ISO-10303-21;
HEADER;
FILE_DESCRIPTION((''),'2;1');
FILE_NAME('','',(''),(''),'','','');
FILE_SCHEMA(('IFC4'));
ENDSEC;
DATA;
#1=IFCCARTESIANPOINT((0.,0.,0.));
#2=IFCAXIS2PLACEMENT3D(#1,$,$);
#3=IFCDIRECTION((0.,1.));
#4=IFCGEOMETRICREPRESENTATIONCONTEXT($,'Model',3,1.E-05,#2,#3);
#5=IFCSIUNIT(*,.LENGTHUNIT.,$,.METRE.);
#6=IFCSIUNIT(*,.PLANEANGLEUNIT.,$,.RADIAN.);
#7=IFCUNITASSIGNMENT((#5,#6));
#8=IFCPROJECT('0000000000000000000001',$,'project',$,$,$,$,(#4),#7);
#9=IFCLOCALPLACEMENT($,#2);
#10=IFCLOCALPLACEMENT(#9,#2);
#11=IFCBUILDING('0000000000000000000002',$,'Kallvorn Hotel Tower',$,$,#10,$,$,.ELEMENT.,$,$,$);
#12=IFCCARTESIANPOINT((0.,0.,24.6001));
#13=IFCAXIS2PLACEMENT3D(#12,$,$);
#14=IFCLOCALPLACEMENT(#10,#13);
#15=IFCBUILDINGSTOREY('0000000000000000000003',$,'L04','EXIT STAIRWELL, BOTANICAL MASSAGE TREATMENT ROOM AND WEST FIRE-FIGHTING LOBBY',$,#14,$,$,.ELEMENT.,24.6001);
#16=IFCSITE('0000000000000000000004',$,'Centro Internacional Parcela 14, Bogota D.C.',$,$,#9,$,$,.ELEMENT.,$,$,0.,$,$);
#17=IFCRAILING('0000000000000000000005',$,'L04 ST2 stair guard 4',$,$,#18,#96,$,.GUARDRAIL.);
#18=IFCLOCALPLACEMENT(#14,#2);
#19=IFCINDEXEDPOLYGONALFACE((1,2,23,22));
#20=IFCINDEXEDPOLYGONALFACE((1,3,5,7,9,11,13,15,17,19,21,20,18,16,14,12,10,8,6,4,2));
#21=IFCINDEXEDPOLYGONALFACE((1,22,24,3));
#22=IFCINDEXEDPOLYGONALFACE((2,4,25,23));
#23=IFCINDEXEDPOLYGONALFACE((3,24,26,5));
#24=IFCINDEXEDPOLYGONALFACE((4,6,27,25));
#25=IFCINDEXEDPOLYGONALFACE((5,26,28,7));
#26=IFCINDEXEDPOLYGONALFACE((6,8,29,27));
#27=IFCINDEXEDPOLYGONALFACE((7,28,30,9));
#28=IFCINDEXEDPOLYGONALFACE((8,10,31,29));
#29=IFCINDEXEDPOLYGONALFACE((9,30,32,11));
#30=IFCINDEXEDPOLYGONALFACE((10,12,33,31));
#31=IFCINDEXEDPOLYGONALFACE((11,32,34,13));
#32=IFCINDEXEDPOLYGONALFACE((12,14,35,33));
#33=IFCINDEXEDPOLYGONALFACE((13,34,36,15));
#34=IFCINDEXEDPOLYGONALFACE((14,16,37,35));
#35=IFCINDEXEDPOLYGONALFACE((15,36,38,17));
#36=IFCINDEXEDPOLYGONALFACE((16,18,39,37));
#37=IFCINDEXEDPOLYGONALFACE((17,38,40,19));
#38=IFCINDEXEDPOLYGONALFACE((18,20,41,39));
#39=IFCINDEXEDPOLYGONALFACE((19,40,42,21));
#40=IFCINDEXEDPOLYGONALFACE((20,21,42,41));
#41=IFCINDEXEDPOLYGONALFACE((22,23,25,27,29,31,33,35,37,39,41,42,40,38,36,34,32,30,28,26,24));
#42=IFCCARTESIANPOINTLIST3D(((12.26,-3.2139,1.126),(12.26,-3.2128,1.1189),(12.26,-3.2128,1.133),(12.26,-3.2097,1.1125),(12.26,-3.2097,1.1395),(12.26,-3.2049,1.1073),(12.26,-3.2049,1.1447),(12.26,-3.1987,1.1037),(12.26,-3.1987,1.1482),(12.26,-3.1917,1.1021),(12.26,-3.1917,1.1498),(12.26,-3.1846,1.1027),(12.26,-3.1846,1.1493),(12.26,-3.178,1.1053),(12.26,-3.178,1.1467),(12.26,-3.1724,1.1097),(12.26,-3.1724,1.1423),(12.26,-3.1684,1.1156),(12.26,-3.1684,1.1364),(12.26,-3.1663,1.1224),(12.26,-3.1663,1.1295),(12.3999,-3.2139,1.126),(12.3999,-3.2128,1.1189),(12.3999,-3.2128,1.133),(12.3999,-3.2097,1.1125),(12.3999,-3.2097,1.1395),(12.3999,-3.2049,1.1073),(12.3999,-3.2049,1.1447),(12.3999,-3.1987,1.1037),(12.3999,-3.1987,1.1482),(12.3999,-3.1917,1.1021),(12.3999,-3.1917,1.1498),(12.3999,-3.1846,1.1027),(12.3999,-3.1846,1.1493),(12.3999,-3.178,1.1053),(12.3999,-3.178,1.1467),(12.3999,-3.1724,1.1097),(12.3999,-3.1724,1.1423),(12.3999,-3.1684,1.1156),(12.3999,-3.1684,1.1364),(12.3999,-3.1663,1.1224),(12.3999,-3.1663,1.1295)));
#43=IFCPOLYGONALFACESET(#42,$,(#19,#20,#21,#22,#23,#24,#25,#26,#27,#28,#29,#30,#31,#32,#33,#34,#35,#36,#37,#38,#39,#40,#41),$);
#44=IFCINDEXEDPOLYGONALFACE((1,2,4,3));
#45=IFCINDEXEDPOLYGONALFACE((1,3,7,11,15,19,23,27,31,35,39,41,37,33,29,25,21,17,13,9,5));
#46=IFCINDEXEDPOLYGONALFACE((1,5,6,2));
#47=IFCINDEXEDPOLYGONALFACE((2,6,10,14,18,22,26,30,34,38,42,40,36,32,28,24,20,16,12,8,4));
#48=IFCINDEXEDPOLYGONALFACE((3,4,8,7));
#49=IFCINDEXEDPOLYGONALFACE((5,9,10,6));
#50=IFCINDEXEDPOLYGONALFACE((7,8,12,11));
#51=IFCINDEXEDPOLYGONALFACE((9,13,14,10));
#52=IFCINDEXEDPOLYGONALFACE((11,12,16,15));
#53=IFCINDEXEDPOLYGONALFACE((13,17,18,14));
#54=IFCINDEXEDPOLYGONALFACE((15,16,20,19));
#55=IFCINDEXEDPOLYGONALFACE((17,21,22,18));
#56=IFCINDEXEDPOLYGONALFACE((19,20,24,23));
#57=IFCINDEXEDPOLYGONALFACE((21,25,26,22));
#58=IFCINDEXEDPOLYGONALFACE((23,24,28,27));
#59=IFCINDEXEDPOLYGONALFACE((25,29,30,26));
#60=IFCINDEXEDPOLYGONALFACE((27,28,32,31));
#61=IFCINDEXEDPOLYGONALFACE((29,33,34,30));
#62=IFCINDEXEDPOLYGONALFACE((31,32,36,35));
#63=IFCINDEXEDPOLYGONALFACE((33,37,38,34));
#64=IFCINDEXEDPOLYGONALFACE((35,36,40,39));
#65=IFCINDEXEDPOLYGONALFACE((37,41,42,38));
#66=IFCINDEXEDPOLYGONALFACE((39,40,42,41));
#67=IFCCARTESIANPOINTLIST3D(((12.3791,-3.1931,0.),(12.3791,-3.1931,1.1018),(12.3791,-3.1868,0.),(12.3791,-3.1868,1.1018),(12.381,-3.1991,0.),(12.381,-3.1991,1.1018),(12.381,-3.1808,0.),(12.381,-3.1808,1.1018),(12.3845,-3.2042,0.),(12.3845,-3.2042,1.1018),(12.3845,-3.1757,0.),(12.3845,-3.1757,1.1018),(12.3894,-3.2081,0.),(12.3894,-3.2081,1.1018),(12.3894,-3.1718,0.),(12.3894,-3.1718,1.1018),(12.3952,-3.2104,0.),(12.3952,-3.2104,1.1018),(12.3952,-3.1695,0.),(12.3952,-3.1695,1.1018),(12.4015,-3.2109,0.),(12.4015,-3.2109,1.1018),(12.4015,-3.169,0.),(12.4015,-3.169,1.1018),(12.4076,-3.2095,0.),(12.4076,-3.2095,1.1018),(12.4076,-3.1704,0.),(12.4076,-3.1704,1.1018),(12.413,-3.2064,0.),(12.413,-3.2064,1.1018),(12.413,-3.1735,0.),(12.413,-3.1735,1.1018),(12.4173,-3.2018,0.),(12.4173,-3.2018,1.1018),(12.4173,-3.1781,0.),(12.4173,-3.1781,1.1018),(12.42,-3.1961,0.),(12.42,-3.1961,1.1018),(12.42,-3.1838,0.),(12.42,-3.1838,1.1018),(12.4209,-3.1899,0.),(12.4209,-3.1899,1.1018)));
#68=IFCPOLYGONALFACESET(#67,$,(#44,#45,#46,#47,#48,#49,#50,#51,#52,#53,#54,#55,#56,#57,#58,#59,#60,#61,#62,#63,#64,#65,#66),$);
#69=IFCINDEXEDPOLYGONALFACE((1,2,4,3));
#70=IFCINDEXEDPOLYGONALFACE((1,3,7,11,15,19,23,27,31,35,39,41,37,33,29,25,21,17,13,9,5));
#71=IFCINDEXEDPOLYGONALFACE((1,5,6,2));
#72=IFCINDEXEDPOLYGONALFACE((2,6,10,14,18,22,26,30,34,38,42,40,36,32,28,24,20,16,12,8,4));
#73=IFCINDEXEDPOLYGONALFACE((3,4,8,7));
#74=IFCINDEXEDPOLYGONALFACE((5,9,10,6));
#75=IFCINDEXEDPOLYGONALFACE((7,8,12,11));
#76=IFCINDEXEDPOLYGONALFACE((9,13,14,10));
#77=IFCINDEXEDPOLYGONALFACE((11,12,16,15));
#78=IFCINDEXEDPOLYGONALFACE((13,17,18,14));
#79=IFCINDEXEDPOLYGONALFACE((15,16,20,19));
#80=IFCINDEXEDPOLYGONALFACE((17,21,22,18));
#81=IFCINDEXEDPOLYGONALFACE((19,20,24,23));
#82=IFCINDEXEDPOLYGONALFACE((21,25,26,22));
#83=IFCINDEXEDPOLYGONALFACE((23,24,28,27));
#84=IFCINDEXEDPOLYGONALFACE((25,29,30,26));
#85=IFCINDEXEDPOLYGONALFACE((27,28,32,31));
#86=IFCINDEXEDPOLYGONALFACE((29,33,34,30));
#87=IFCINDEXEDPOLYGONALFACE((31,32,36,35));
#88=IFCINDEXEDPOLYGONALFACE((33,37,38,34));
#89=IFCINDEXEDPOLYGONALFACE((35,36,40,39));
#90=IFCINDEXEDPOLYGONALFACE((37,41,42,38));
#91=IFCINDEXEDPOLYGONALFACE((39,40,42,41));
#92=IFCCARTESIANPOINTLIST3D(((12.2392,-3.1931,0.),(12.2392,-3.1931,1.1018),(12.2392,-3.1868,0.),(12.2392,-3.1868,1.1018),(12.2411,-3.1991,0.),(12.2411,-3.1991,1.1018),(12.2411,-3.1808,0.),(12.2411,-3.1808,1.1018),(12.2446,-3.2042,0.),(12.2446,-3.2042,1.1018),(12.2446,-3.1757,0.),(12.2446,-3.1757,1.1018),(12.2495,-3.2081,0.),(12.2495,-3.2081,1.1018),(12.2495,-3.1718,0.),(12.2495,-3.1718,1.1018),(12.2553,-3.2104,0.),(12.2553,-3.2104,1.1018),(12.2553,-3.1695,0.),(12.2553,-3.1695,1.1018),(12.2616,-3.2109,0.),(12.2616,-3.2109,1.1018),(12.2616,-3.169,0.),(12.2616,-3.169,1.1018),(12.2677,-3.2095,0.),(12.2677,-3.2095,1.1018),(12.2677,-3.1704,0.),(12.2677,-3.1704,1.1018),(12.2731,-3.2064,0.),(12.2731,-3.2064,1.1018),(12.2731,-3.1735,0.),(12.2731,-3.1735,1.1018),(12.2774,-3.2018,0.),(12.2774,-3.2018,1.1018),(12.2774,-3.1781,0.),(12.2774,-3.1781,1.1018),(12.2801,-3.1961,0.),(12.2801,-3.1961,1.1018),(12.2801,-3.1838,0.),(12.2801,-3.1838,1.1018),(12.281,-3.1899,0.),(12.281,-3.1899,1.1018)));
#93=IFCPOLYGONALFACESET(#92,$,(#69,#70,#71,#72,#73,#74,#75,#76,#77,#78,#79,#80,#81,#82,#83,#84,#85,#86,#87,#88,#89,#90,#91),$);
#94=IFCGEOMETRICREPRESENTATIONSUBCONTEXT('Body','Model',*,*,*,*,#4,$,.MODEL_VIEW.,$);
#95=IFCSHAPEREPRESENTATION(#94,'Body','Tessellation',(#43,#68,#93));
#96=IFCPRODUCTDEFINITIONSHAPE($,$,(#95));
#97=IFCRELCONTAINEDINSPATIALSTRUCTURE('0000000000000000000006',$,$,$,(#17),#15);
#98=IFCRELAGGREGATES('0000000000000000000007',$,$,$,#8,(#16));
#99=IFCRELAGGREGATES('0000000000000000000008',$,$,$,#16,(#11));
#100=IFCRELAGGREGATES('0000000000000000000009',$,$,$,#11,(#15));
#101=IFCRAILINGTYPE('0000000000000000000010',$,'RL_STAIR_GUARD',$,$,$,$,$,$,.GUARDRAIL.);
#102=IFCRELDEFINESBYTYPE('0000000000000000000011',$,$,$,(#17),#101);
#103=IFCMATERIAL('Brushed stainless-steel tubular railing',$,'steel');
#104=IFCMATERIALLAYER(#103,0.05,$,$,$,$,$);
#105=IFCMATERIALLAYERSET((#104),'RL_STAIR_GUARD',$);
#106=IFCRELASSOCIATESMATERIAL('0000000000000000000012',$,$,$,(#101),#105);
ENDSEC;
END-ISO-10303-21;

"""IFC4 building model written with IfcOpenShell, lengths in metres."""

from ifc_helpers import new_model, si_unit, direction, frame, origin, origin_2d, place, context, subcontext, project, spatial, circle, extrude, material, layer, layer_set, type_object, element, save


model = new_model("IFC4")

# Units and contexts
model_context = context("Model", 3, precision=1e-05, world=origin(), true_north=direction((0.0, 1.0)))
body_context = subcontext(model_context, "Body", "Model", "MODEL_VIEW")
ifc_project = project(units=[si_unit("LENGTHUNIT", "METRE"), si_unit("PLANEANGLEUNIT", "RADIAN")], contexts=[model_context])

# Site, building, storey
site_placement = place(None, origin())
site = spatial("IfcSite", under=ifc_project, at=site_placement, Name="Centro Internacional Parcela 14, Bogota D.C.", CompositionType="ELEMENT", RefElevation=0.0)
building_placement = place(site_placement, origin())
building = spatial("IfcBuilding", under=site, at=building_placement, Name="Kallvorn Hotel Tower", CompositionType="ELEMENT")
storey_placement = place(building_placement, frame((0.0, 0.0, 24.6001)))
storey = spatial("IfcBuildingStorey", under=building, at=storey_placement, Name="L04", Description="EXIT STAIRWELL, BOTANICAL MASSAGE TREATMENT ROOM AND WEST FIRE-FIGHTING LOBBY", CompositionType="ELEMENT", Elevation=24.6001)

# Railing
ifc_material_1 = material(Name="Brushed stainless-steel tubular railing", Category="steel")
ifc_layer_1 = layer(ifc_material_1, 0.05)
ifc_layer_set_1 = layer_set([ifc_layer_1], Name="RL_STAIR_GUARD")
railing_type_1 = type_object("IfcRailingType", Name="RL_STAIR_GUARD", PredefinedType="GUARDRAIL", material=ifc_layer_set_1)
railing_1_placement = place(storey_placement, frame((12.3999, -3.1899, 0.0)))
element("IfcRailing", 1, at=railing_1_placement, inside=storey, type_object=railing_type_1, Name="L04 ST2 stair guard 4", PredefinedType="GUARDRAIL", context=body_context, shape_type="SweptSolid", body=[
    extrude(circle(Radius=0.0239, at=origin_2d()), frame((0.0, 0.0, 1.126), z_axis=(-1.0, 0.0, 0.0), x_axis=(0.0, -1.0, 0.0)), (0.0, 0.0, 1.0), 0.1399),
    extrude(circle(Radius=0.021, at=origin_2d()), origin(), (0.0, 0.0, 1.0), 1.1018),
    extrude(circle(Radius=0.021, at=origin_2d()), frame((-0.1399, 0.0, 0.0)), (0.0, 0.0, 1.0), 1.1018),
])

save(model, "model.ifc")
